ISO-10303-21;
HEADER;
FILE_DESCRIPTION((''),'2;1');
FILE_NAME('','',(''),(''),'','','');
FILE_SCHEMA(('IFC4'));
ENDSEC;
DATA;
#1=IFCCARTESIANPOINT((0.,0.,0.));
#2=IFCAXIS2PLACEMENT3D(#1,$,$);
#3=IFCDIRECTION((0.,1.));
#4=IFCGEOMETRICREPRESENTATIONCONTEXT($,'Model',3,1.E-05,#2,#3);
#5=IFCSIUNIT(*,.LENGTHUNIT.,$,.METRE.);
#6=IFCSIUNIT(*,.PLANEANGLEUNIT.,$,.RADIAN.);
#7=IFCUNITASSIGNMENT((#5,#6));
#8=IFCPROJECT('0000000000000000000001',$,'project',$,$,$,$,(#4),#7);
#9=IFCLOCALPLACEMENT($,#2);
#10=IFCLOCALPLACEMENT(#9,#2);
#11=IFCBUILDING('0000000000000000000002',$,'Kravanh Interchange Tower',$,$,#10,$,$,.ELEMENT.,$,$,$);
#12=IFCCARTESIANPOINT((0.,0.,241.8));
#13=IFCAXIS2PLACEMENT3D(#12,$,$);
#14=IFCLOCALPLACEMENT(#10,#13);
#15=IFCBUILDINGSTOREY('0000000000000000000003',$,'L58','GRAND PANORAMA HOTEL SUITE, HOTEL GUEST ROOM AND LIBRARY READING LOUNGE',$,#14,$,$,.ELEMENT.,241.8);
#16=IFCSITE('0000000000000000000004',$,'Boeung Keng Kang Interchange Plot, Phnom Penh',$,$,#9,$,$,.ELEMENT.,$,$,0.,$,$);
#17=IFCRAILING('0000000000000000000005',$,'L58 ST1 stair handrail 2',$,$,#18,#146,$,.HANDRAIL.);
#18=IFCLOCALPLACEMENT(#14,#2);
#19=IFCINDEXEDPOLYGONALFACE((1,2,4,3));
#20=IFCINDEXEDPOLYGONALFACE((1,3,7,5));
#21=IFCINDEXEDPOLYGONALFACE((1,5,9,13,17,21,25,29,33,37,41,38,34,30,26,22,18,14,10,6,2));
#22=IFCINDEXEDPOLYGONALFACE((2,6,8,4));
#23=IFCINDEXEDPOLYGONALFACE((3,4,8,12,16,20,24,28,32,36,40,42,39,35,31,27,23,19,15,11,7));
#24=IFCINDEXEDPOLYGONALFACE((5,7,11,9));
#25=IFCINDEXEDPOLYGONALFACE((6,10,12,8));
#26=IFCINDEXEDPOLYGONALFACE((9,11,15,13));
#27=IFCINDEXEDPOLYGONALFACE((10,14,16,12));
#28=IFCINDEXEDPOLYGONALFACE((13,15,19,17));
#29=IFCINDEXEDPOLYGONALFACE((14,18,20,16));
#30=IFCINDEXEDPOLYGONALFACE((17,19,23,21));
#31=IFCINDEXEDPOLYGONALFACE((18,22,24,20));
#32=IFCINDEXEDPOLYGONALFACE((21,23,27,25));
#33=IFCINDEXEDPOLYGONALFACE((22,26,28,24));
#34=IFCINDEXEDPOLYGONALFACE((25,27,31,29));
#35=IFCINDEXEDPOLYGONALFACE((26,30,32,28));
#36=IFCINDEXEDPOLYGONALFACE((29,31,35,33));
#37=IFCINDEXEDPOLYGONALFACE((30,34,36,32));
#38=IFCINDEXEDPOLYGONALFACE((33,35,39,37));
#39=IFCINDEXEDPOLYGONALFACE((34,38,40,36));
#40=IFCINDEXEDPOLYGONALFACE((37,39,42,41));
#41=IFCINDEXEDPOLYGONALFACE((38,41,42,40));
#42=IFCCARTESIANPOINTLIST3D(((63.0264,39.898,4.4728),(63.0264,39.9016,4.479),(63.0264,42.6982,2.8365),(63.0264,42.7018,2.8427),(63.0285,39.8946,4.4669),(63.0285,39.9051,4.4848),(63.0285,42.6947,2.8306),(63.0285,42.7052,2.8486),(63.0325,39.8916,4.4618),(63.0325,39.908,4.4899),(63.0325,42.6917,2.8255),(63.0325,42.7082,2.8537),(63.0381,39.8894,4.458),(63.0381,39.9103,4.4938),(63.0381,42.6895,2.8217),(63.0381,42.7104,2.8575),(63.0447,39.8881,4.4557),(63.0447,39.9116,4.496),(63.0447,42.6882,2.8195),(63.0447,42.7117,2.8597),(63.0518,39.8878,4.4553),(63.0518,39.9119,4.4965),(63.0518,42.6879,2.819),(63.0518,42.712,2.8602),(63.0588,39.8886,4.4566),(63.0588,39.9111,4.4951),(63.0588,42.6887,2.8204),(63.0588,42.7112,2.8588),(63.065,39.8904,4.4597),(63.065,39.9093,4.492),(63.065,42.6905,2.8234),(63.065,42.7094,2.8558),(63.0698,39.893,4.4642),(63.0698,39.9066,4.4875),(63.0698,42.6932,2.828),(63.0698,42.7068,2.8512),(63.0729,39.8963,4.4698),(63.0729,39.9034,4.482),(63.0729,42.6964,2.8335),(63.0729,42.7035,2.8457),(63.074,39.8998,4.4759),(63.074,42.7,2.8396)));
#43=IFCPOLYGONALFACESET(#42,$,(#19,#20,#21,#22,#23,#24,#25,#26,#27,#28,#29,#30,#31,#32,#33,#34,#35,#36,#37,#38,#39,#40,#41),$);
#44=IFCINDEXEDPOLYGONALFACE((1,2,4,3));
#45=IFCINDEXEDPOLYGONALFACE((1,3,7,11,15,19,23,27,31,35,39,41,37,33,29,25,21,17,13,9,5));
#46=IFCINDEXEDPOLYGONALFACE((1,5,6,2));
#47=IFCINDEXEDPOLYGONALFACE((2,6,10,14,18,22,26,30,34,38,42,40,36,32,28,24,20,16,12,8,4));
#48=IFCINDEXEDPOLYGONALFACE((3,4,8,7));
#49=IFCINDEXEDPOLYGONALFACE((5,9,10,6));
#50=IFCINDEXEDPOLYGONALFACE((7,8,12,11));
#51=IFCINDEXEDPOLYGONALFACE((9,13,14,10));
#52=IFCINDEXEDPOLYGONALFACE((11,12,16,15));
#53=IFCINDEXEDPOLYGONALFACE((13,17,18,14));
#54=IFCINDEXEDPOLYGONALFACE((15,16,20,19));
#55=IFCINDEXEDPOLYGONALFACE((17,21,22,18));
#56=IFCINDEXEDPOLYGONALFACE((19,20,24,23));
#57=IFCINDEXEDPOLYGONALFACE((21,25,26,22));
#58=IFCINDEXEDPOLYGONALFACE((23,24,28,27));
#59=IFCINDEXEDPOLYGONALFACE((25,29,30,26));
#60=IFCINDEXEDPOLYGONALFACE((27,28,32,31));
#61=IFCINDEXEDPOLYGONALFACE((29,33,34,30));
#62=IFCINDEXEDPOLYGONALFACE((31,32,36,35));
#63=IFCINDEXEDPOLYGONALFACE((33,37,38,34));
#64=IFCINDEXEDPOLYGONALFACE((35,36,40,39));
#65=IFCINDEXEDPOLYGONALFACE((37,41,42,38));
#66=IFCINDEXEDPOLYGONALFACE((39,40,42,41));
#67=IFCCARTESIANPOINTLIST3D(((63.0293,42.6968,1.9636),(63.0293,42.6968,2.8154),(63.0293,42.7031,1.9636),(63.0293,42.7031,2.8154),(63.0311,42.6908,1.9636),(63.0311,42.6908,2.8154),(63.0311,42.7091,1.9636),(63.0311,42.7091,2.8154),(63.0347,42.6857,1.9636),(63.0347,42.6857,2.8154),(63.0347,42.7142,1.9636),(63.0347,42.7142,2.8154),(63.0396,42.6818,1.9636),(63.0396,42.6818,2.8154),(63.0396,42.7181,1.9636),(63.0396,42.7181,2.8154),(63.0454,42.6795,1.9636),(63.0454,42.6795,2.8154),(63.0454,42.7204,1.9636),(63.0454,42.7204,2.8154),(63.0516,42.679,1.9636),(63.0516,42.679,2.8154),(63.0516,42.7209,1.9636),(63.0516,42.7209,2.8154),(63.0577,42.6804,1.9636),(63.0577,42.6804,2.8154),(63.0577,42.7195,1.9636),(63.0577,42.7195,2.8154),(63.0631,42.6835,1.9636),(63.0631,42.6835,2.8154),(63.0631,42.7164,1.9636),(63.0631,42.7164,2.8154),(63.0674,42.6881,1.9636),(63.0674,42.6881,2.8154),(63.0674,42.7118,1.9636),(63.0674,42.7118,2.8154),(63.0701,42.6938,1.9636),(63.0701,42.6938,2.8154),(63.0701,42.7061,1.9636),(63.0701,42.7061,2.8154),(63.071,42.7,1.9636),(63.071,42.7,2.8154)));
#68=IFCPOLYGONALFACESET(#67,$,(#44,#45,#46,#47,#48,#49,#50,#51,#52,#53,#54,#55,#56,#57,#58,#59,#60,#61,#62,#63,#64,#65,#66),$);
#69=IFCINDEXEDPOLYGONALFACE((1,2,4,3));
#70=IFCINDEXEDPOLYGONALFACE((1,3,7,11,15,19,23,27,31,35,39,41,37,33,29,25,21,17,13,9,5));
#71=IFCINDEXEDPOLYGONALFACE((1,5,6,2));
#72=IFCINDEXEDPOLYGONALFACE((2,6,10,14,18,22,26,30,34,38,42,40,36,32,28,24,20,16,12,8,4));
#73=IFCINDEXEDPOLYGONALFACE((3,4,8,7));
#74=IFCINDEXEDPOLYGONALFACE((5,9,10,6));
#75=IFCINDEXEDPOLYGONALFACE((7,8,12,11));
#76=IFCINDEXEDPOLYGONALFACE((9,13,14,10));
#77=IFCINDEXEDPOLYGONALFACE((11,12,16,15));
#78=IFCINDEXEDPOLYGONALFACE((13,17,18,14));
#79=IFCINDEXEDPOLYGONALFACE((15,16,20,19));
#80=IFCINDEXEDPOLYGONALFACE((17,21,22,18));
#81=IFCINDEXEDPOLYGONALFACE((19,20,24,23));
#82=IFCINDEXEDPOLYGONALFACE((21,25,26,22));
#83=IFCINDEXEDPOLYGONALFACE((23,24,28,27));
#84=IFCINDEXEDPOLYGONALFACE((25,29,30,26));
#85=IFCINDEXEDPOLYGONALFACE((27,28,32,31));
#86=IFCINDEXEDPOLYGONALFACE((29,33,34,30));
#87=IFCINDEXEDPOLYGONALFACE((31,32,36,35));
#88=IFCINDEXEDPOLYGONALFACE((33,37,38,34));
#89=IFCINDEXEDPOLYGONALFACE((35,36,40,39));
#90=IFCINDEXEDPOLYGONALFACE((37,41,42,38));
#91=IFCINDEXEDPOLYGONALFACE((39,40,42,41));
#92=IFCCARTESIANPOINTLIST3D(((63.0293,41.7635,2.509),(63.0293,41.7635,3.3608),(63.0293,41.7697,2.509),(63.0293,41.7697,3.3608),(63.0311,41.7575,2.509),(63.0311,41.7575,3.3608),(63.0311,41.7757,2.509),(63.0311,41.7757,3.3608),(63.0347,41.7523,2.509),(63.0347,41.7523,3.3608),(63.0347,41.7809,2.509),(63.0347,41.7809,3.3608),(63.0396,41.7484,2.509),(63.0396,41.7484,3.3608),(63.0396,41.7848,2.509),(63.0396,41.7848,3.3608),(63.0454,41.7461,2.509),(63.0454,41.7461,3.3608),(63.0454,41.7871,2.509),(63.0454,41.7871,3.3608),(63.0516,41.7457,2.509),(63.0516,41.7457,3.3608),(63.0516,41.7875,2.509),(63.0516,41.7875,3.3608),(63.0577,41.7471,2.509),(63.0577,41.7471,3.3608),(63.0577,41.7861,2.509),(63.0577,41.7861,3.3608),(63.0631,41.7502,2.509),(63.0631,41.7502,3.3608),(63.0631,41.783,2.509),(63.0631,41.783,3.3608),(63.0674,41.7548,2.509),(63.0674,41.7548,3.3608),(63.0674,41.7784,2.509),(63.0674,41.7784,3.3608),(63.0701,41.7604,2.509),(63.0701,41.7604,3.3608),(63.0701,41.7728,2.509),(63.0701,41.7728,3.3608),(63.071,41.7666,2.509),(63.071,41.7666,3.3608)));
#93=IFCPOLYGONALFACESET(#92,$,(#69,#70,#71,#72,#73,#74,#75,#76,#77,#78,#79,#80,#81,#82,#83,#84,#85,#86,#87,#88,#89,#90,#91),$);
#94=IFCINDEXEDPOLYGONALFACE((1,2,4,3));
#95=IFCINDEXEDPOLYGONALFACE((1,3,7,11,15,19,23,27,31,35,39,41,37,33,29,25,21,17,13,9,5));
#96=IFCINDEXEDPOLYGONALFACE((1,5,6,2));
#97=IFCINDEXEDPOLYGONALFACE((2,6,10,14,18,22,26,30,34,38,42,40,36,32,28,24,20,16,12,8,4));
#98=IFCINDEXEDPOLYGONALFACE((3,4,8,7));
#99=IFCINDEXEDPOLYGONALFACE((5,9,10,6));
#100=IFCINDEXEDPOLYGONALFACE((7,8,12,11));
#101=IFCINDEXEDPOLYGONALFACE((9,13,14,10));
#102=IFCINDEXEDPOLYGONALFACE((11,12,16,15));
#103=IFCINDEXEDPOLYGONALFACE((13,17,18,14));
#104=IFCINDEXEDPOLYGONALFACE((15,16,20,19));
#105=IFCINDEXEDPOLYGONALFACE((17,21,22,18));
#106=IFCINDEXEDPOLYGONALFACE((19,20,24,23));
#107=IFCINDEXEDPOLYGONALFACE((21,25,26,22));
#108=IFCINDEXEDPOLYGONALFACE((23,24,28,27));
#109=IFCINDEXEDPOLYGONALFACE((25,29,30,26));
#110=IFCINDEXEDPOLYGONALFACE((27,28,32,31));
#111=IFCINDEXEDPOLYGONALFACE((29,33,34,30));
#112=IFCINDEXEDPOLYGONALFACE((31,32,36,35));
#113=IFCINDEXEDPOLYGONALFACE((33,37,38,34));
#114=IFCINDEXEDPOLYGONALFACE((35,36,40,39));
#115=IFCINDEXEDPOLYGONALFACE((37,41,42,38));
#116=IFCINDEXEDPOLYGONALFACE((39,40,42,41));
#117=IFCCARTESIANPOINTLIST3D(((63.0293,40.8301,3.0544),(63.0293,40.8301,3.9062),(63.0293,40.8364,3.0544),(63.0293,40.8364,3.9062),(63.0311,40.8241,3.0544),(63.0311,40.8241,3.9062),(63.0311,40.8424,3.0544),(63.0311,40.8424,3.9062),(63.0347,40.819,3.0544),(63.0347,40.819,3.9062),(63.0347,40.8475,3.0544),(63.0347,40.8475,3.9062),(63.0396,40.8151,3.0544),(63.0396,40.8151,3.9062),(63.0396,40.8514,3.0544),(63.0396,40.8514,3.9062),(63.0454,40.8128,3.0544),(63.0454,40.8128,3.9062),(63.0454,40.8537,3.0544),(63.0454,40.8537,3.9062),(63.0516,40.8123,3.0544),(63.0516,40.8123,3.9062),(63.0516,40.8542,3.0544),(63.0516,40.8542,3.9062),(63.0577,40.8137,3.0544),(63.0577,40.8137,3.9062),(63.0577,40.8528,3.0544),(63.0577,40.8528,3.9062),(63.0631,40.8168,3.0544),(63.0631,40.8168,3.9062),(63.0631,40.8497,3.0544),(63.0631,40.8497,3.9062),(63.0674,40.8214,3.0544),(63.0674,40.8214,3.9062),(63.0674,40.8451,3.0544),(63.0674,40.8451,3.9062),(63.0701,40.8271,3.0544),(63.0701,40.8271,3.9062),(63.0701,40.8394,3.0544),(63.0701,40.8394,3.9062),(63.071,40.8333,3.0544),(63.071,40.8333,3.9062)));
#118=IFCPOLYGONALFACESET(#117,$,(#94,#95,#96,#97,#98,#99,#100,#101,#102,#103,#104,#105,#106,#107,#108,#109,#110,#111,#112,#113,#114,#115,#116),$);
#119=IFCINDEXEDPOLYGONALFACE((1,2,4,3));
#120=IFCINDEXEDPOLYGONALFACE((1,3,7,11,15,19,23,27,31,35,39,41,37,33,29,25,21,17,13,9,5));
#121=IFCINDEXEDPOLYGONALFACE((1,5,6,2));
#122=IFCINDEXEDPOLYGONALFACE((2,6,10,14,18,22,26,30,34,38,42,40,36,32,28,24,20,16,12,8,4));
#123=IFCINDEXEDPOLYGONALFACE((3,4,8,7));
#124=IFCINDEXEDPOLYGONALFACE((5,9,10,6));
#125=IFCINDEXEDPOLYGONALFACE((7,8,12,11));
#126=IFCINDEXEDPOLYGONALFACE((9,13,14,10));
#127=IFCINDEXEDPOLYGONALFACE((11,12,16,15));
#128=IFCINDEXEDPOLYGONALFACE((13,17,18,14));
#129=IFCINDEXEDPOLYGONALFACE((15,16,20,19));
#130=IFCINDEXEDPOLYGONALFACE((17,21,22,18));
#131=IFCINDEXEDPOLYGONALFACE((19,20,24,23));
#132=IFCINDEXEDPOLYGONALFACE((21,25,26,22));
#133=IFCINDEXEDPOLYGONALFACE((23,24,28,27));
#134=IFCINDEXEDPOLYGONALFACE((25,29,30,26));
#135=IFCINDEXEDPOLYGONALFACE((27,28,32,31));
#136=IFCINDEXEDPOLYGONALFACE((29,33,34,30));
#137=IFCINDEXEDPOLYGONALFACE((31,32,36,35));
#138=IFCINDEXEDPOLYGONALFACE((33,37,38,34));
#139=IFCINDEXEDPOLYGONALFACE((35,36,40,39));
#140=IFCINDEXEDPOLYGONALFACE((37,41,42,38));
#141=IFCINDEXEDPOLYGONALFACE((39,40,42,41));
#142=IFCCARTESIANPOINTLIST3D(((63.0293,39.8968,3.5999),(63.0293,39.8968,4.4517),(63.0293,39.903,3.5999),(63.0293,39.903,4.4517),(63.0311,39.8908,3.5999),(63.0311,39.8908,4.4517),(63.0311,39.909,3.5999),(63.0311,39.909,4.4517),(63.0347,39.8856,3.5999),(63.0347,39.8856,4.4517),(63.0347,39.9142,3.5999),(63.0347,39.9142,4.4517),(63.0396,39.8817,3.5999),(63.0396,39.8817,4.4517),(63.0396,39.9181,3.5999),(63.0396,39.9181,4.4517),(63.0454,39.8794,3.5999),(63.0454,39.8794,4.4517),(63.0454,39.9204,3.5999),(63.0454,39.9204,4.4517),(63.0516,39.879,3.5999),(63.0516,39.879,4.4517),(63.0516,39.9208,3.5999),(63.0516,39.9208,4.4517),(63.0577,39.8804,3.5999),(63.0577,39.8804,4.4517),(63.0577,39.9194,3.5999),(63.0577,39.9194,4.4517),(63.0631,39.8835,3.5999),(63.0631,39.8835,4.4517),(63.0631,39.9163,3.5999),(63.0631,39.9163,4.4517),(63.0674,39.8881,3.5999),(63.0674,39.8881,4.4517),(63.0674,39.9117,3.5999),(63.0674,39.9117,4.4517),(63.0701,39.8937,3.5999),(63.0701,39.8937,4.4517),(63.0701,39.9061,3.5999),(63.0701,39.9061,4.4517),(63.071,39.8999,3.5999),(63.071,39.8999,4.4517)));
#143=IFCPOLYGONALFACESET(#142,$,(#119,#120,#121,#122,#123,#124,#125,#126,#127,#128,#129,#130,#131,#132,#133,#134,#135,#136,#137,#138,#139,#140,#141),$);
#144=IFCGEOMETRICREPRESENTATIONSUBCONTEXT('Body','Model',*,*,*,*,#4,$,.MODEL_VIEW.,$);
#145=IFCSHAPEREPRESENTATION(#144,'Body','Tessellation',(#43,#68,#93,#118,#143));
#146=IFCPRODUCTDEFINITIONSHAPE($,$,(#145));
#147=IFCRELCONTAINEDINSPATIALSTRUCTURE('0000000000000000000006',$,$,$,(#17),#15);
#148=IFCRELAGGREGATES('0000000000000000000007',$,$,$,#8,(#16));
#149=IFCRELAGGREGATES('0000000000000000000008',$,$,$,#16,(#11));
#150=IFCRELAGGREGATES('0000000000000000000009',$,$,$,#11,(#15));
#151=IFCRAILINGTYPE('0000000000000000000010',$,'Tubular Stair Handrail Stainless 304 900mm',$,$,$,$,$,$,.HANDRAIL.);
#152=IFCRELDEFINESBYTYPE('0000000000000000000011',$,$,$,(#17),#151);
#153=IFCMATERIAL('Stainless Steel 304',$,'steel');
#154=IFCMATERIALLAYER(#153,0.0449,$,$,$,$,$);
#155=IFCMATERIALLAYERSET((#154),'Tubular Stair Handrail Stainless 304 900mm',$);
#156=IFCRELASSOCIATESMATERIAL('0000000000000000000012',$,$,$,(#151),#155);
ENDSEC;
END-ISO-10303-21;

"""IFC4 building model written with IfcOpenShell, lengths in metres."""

from ifc_helpers import new_model, si_unit, direction, frame, origin, origin_2d, place, context, subcontext, project, spatial, circle, extrude, material, layer, layer_set, type_object, element, save


model = new_model("IFC4")

# Units and contexts
model_context = context("Model", 3, precision=1e-05, world=origin(), true_north=direction((0.0, 1.0)))
body_context = subcontext(model_context, "Body", "Model", "MODEL_VIEW")
ifc_project = project(units=[si_unit("LENGTHUNIT", "METRE"), si_unit("PLANEANGLEUNIT", "RADIAN")], contexts=[model_context])

# Site, building, storey
site_placement = place(None, origin())
site = spatial("IfcSite", under=ifc_project, at=site_placement, Name="Boeung Keng Kang Interchange Plot, Phnom Penh", CompositionType="ELEMENT", RefElevation=0.0)
building_placement = place(site_placement, origin())
building = spatial("IfcBuilding", under=site, at=building_placement, Name="Kravanh Interchange Tower", CompositionType="ELEMENT")
storey_placement = place(building_placement, frame((0.0, 0.0, 241.8)))
storey = spatial("IfcBuildingStorey", under=building, at=storey_placement, Name="L58", Description="GRAND PANORAMA HOTEL SUITE, HOTEL GUEST ROOM AND LIBRARY READING LOUNGE", CompositionType="ELEMENT", Elevation=241.8)

# Railing
ifc_material_1 = material(Name="Stainless Steel 304", Category="steel")
ifc_layer_1 = layer(ifc_material_1, 0.0449)
ifc_layer_set_1 = layer_set([ifc_layer_1], Name="Tubular Stair Handrail Stainless 304 900mm")
railing_type_1 = type_object("IfcRailingType", Name="Tubular Stair Handrail Stainless 304 900mm", PredefinedType="HANDRAIL", material=ifc_layer_set_1)
railing_1_placement = place(storey_placement, frame((63.05, 42.7, 1.9636)))
element("IfcRailing", 1, at=railing_1_placement, inside=storey, type_object=railing_type_1, Name="L58 ST1 stair handrail 2", PredefinedType="HANDRAIL", context=body_context, shape_type="SweptSolid", body=[
    extrude(circle(Radius=0.0239, at=origin_2d()), frame((0.0, 0.0, 0.876), z_axis=(0.0, -0.863394, 0.504531), x_axis=(1.0, 0.0, 0.0)), (0.0, 0.0, 1.0), 3.2432),
    extrude(circle(Radius=0.021, at=origin_2d()), origin(), (0.0, 0.0, 1.0), 0.8518),
    extrude(circle(Radius=0.021, at=origin_2d()), frame((0.0, -0.9333, 0.5454)), (0.0, 0.0, 1.0), 0.8518),
    extrude(circle(Radius=0.021, at=origin_2d()), frame((0.0, -1.8667, 1.0908)), (0.0, 0.0, 1.0), 0.8518),
    extrude(circle(Radius=0.021, at=origin_2d()), frame((0.0, -2.8, 1.6362)), (0.0, 0.0, 1.0), 0.8518),
])

save(model, "model.ifc")
